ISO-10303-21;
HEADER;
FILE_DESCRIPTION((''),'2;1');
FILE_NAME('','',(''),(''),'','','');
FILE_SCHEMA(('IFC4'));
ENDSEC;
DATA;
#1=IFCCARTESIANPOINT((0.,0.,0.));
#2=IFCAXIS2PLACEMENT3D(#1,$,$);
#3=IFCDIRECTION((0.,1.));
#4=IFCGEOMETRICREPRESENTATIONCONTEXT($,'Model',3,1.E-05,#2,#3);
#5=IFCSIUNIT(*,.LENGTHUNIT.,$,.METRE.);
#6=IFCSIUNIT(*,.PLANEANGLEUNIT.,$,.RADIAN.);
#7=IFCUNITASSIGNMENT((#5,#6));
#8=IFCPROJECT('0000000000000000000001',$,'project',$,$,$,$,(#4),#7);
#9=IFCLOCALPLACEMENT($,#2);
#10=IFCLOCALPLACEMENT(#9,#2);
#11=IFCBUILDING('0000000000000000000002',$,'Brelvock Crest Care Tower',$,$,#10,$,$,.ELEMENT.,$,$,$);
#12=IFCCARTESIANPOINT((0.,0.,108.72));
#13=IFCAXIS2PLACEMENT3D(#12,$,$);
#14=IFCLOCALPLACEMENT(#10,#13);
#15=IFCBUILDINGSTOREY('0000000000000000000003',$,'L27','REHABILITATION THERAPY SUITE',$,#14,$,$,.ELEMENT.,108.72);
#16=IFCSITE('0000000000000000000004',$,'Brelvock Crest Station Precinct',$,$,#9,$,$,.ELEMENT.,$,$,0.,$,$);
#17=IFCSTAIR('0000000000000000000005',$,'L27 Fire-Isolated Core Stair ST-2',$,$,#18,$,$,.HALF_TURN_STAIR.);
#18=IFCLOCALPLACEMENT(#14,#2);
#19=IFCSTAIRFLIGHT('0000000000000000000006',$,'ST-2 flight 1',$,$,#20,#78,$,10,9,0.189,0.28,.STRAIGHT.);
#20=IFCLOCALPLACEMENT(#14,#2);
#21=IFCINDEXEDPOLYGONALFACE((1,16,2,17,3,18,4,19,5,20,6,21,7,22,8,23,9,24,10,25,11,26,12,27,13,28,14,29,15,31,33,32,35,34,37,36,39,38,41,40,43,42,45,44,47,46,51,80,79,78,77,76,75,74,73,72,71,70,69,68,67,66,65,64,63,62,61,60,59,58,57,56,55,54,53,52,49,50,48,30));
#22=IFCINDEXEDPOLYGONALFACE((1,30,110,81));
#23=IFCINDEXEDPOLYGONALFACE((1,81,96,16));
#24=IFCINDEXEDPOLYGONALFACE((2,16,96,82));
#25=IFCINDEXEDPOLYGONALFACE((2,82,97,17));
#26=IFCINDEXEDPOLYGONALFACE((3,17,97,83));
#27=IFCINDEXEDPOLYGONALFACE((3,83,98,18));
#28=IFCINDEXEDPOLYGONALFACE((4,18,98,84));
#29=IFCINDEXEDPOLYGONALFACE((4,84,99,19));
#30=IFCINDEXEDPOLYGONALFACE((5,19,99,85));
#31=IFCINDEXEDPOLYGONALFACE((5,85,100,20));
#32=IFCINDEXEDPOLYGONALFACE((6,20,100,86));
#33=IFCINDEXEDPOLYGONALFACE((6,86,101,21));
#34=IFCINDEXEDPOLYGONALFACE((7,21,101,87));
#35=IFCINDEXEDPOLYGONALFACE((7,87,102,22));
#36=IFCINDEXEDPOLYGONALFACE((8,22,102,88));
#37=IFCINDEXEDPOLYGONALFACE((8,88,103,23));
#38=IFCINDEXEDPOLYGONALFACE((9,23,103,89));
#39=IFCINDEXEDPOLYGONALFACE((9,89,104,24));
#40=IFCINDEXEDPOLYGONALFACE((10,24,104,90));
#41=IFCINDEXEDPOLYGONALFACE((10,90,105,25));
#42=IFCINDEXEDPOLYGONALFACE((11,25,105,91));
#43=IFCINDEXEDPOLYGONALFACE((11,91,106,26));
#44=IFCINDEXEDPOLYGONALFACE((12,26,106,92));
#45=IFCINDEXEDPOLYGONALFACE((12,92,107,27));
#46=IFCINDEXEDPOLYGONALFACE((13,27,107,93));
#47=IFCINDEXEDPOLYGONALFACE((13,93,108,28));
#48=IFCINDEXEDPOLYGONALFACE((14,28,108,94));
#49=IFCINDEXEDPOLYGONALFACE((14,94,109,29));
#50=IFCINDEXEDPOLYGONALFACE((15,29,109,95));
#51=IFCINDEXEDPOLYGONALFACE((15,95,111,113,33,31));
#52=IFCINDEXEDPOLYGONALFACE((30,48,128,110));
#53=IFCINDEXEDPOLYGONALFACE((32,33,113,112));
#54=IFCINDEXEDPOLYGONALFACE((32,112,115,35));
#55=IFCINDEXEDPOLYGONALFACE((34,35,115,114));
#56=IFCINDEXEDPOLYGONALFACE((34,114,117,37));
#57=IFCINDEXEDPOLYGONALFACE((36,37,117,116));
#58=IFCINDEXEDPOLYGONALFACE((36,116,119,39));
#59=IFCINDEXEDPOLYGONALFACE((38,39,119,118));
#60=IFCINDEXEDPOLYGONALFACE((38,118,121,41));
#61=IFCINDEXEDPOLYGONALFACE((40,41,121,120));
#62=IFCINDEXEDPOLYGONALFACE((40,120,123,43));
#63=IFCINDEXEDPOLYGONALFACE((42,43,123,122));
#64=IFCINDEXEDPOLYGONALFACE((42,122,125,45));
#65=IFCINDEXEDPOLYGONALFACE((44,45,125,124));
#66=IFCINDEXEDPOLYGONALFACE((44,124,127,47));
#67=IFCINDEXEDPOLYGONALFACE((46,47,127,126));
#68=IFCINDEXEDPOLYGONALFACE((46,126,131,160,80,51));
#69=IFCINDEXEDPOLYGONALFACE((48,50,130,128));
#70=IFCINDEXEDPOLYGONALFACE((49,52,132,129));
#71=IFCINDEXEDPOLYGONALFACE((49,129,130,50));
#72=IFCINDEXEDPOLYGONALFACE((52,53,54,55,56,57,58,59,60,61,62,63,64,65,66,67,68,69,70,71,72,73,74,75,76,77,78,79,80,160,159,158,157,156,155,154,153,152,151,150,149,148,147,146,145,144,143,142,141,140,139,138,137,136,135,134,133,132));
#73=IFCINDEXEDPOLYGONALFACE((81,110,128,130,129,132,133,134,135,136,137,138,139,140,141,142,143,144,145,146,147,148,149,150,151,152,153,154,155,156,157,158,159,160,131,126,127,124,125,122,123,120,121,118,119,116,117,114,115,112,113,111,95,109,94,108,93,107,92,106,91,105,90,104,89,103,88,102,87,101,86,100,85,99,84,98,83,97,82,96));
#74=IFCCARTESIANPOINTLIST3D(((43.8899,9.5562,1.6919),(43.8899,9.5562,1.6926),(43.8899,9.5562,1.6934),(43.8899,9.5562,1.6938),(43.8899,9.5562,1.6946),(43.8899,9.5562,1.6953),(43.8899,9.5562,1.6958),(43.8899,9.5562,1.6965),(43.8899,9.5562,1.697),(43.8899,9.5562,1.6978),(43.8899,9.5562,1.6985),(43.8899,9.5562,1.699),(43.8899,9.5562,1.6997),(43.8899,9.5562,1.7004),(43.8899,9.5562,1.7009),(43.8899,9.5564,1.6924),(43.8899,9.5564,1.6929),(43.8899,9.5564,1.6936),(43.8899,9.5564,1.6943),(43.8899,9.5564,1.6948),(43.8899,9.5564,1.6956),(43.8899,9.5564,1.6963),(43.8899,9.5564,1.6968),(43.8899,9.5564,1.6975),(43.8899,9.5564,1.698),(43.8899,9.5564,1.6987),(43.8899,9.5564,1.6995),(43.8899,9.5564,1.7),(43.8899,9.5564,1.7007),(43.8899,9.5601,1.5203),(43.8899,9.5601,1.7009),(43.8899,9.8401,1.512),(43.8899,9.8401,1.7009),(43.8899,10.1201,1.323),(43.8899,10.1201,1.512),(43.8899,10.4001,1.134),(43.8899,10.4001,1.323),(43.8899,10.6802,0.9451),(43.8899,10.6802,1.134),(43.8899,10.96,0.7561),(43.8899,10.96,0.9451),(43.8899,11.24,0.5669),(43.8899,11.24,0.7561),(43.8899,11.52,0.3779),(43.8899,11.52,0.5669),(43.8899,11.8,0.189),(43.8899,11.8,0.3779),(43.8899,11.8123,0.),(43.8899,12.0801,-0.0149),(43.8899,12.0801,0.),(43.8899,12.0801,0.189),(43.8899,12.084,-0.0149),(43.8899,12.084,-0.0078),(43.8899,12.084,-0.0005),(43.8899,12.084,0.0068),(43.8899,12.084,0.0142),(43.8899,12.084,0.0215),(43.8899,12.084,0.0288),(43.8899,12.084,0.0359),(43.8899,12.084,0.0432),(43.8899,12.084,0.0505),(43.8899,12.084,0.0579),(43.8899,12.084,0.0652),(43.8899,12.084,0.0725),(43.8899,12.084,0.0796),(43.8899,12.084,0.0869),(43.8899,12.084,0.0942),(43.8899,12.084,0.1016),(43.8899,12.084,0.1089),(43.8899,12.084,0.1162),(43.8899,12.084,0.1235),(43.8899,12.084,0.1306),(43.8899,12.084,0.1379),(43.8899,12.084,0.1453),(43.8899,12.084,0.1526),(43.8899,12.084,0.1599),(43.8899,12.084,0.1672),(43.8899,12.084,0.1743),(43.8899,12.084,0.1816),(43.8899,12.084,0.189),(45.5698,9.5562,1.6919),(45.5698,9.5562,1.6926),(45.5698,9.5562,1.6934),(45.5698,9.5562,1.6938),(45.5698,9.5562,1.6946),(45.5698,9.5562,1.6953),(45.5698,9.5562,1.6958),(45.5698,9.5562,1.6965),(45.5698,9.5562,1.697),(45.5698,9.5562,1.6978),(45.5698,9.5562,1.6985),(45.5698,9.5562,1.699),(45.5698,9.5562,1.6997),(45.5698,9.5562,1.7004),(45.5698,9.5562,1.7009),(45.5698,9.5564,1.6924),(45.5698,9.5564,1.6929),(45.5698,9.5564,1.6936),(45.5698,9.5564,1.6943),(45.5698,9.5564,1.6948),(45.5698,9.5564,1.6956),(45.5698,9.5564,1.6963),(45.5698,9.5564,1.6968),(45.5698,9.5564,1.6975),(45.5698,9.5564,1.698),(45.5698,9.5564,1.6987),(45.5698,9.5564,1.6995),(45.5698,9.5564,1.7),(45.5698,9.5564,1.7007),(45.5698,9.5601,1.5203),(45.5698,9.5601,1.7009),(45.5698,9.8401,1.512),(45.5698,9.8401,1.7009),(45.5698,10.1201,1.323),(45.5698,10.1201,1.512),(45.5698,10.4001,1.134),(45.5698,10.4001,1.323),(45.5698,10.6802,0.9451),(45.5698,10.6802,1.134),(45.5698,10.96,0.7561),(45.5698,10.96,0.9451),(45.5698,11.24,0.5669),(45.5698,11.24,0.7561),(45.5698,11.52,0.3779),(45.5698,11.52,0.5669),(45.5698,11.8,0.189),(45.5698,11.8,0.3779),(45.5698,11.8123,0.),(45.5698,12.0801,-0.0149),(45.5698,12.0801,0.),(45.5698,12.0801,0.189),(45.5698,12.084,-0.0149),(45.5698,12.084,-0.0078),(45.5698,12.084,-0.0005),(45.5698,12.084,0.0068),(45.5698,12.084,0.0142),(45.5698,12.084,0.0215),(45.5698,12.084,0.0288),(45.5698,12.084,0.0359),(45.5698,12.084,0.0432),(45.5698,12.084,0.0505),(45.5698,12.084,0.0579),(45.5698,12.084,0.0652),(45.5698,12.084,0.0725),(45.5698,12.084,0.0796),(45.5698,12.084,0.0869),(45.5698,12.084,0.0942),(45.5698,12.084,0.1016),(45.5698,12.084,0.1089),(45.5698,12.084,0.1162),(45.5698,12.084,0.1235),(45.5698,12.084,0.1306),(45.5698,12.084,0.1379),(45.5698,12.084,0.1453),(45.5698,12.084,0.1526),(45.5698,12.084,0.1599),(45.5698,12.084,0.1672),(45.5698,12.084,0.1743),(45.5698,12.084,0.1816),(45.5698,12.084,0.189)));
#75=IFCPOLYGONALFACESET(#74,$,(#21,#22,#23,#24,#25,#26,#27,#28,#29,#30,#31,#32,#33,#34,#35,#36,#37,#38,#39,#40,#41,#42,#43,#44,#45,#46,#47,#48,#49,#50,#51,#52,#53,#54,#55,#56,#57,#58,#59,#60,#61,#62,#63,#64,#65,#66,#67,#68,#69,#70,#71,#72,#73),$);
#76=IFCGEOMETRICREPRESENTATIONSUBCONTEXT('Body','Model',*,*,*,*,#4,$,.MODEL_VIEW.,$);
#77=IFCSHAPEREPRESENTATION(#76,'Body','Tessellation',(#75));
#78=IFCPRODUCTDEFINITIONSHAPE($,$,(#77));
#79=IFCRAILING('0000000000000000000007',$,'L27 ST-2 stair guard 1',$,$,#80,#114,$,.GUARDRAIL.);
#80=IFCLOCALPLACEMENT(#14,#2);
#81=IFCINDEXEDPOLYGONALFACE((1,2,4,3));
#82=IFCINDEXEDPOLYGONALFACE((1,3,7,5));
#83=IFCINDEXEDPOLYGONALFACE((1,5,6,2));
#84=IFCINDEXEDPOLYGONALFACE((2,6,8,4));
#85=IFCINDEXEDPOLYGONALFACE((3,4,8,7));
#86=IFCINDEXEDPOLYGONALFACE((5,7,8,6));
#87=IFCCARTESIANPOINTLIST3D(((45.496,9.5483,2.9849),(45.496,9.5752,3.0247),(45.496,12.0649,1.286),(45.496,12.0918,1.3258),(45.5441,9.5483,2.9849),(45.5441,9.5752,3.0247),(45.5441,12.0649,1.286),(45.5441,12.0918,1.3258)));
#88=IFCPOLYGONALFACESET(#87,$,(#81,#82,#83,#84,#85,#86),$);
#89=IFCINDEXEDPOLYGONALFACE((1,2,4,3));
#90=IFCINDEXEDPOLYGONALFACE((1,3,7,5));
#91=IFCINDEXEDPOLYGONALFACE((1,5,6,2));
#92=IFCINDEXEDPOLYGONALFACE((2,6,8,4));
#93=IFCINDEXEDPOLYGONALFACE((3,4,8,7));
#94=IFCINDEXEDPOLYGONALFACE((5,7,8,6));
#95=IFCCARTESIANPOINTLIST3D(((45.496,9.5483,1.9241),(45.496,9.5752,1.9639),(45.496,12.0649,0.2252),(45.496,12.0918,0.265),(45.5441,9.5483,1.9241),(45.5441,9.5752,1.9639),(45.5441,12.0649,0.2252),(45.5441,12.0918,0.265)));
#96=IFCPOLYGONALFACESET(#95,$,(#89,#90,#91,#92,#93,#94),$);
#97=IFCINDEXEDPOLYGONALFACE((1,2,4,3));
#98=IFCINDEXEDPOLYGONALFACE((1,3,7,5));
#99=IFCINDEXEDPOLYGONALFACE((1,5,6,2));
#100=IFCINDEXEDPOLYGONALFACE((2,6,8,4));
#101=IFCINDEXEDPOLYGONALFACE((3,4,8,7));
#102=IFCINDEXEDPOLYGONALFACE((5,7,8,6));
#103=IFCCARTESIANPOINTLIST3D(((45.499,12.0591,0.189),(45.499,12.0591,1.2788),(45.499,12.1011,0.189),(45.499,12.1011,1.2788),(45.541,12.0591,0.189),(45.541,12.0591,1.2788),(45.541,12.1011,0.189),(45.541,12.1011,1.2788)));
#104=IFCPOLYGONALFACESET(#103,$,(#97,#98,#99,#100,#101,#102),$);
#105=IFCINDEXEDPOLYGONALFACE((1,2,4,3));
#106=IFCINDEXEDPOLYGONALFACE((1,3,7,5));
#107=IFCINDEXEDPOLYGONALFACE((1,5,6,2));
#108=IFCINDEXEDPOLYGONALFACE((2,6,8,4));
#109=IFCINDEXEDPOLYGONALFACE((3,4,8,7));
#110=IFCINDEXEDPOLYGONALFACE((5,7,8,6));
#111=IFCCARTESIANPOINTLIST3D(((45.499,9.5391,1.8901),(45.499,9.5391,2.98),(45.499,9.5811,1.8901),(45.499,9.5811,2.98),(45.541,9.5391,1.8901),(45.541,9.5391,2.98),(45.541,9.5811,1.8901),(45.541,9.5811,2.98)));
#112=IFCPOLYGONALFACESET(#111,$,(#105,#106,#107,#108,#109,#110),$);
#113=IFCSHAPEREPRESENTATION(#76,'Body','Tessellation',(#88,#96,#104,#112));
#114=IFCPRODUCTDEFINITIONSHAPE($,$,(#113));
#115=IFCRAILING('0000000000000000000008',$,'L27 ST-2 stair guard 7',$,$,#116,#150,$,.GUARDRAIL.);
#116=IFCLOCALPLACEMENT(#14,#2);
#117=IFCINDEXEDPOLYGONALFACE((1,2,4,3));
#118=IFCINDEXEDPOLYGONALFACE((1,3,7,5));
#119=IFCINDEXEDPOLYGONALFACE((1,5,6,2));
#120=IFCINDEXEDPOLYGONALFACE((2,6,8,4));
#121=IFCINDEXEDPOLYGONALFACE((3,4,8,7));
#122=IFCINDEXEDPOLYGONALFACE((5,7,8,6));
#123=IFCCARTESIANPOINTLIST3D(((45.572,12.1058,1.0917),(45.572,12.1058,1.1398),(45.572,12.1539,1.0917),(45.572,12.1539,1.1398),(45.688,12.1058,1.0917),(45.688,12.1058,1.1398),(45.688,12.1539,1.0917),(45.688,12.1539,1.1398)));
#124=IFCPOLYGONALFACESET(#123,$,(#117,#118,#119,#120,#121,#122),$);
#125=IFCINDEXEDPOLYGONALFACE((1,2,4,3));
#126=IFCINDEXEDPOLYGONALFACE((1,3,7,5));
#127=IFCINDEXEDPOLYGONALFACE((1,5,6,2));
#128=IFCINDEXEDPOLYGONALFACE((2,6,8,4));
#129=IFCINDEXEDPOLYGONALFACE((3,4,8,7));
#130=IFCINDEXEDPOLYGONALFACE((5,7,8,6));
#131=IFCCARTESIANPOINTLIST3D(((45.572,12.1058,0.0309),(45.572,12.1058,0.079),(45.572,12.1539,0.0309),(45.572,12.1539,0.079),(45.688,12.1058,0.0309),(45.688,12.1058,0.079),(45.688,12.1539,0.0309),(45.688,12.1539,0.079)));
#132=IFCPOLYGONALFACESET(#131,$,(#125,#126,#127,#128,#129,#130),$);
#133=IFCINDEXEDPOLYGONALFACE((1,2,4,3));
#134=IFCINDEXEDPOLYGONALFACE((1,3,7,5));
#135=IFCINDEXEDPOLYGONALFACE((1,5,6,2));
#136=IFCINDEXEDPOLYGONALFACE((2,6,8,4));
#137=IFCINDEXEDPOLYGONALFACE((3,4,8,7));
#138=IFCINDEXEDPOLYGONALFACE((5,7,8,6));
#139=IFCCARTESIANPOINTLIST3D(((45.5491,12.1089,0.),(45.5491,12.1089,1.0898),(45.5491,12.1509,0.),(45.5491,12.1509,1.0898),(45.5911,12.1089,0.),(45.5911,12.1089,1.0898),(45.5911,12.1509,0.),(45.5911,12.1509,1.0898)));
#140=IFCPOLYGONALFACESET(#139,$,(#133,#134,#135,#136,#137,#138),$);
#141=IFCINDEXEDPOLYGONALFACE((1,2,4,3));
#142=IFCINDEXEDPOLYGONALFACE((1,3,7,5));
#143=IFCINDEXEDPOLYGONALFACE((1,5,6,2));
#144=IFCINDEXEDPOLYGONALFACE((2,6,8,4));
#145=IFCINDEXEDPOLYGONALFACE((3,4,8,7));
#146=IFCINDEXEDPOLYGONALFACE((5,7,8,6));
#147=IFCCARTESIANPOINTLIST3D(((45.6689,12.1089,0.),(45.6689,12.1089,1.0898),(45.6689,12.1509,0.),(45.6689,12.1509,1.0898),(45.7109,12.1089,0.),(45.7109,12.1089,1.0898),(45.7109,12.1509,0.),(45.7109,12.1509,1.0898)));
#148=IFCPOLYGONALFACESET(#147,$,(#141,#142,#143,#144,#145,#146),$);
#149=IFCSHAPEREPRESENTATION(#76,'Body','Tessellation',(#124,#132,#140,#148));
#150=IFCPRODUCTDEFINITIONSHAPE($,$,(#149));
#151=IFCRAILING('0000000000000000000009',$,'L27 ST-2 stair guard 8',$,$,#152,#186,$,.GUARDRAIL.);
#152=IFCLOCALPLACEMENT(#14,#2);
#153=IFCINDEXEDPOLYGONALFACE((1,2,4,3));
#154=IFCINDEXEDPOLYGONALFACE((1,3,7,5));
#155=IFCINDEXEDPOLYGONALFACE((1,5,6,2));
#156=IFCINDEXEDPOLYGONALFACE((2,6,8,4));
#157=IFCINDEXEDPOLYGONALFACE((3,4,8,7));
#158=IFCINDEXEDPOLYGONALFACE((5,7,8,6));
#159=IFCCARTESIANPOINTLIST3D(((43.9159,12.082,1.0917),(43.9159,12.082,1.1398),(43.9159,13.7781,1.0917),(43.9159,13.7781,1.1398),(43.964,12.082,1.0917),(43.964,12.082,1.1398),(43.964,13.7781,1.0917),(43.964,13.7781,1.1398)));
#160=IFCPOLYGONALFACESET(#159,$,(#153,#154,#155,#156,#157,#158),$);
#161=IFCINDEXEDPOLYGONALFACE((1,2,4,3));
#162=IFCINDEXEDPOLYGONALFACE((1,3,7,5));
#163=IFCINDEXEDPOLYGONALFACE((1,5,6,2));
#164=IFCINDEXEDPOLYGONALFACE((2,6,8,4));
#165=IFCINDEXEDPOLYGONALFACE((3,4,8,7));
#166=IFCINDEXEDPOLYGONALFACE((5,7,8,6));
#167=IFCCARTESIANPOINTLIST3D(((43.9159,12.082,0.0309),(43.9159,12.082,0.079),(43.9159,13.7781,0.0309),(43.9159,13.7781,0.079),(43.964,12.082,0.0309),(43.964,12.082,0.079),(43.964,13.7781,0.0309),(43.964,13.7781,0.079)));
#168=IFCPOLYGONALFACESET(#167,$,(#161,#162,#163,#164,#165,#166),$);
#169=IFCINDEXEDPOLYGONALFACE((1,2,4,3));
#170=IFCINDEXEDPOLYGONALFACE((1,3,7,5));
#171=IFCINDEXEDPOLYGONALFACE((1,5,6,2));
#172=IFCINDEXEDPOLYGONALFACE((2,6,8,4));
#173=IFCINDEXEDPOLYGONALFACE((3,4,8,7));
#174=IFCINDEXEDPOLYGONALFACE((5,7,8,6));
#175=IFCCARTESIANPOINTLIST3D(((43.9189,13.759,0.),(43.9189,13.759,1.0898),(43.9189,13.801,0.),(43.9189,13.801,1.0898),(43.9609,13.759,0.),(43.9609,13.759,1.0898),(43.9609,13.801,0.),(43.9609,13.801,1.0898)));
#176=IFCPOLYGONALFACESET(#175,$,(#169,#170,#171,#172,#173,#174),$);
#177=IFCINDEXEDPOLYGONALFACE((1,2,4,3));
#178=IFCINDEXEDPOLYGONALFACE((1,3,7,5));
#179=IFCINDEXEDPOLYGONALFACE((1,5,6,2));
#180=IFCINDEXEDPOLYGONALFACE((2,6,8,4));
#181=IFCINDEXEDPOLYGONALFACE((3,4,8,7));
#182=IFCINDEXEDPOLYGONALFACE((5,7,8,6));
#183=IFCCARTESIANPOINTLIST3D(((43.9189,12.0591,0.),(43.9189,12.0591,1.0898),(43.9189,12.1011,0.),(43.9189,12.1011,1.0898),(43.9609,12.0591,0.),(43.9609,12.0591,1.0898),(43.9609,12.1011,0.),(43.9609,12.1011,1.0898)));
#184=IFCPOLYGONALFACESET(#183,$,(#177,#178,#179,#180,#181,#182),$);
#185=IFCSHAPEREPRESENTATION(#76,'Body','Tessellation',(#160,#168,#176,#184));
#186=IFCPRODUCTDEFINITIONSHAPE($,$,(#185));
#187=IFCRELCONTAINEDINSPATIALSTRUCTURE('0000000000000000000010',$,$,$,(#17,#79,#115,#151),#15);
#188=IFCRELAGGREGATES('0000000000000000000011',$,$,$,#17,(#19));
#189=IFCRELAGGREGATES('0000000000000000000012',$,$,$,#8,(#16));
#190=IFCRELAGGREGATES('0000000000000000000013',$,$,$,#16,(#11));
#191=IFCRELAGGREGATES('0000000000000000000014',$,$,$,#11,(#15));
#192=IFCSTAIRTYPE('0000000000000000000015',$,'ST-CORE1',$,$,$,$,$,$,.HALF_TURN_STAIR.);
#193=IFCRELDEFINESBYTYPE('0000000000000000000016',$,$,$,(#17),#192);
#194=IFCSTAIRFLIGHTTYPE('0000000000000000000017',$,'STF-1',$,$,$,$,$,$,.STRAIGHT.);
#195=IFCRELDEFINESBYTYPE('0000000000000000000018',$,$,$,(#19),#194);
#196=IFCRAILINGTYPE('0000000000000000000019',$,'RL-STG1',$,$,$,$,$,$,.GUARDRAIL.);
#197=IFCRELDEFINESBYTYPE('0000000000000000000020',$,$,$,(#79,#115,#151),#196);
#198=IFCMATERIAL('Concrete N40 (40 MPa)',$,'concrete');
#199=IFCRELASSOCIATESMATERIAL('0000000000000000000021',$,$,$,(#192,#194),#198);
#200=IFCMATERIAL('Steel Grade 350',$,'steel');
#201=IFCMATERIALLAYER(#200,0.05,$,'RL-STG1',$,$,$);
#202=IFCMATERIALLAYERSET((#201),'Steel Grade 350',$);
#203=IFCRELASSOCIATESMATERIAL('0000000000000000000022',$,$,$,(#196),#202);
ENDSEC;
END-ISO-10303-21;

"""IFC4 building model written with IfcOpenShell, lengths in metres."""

from ifc_helpers import new_model, si_unit, direction, frame, origin, origin_2d, place, context, subcontext, project, spatial, polyline, rectangle, outline, extrude, material, layer, layer_set, type_object, element, aggregate, save


model = new_model("IFC4")

# Units and contexts
model_context = context("Model", 3, precision=1e-05, world=origin(), true_north=direction((0.0, 1.0)))
body_context = subcontext(model_context, "Body", "Model", "MODEL_VIEW")
ifc_project = project(units=[si_unit("LENGTHUNIT", "METRE"), si_unit("PLANEANGLEUNIT", "RADIAN")], contexts=[model_context])

# Site, building, storey
site_placement = place(None, origin())
site = spatial("IfcSite", under=ifc_project, at=site_placement, Name="Brelvock Crest Station Precinct", CompositionType="ELEMENT", RefElevation=0.0)
building_placement = place(site_placement, origin())
building = spatial("IfcBuilding", under=site, at=building_placement, Name="Brelvock Crest Care Tower", CompositionType="ELEMENT")
storey_placement = place(building_placement, frame((0.0, 0.0, 108.72)))
storey = spatial("IfcBuildingStorey", under=building, at=storey_placement, Name="L27", Description="REHABILITATION THERAPY SUITE", CompositionType="ELEMENT", Elevation=108.72)

# Shared definitions
ifc_material_1 = material(Name="Steel Grade 350", Category="steel")

# Stair, stair flight
ifc_material_2 = material(Name="Concrete N40 (40 MPa)", Category="concrete")
stair_type = type_object("IfcStairType", Name="ST-CORE1", PredefinedType="HALF_TURN_STAIR", material=ifc_material_2)
stair_placement = place(storey_placement, origin())
stair = element("IfcStair", 1, at=stair_placement, inside=storey, type_object=stair_type, Name="L27 Fire-Isolated Core Stair ST-2", PredefinedType="HALF_TURN_STAIR")
stair_flight_type = type_object("IfcStairFlightType", Name="STF-1", PredefinedType="STRAIGHT", material=ifc_material_2)
stair_flight_placement = place(storey_placement, frame((44.73, 12.0801, 0.0), z_axis=(0.0, 0.0, 1.0), x_axis=(0.0, -1.0, 0.0)))
stair_flight = element("IfcStairFlight", 2, at=stair_flight_placement, type_object=stair_flight_type, Name="ST-2 flight 1", NumberOfRisers=10, NumberOfTreads=9, PredefinedType="STRAIGHT", RiserHeight=0.189, TreadLength=0.28, context=body_context, shape_type="SweptSolid", body=[
    extrude(outline(polyline([(-0.0039, -0.0149), (-0.0039, -0.0078), (-0.0039, -0.0005), (-0.0039, 0.0068), (-0.0039, 0.0142), (-0.0039, 0.0215), (-0.0039, 0.0288), (-0.0039, 0.0359), (-0.0039, 0.0432), (-0.0039, 0.0505), (-0.0039, 0.0579), (-0.0039, 0.0652), (-0.0039, 0.0725), (-0.0039, 0.0796), (-0.0039, 0.0869), (-0.0039, 0.0942), (-0.0039, 0.1016), (-0.0039, 0.1089), (-0.0039, 0.1162), (-0.0039, 0.1235), (-0.0039, 0.1306), (-0.0039, 0.1379), (-0.0039, 0.1453), (-0.0039, 0.1526), (-0.0039, 0.1599), (-0.0039, 0.1672), (-0.0039, 0.1743), (-0.0039, 0.1816), (-0.0039, 0.189), (0.0, 0.189), (0.28, 0.189), (0.28, 0.3779), (0.5601, 0.3779), (0.5601, 0.5669), (0.8401, 0.5669), (0.8401, 0.7561), (1.1201, 0.7561), (1.1201, 0.9451), (1.3999, 0.9451), (1.3999, 1.134), (1.6799, 1.134), (1.6799, 1.323), (1.96, 1.323), (1.96, 1.512), (2.24, 1.512), (2.24, 1.7009), (2.52, 1.7009), (2.5239, 1.7009), (2.5237, 1.7007), (2.5239, 1.7004), (2.5237, 1.7), (2.5239, 1.6997), (2.5237, 1.6995), (2.5239, 1.699), (2.5237, 1.6987), (2.5239, 1.6985), (2.5237, 1.698), (2.5239, 1.6978), (2.5237, 1.6975), (2.5239, 1.697), (2.5237, 1.6968), (2.5239, 1.6965), (2.5237, 1.6963), (2.5239, 1.6958), (2.5237, 1.6956), (2.5239, 1.6953), (2.5237, 1.6948), (2.5239, 1.6946), (2.5237, 1.6943), (2.5239, 1.6938), (2.5237, 1.6936), (2.5239, 1.6934), (2.5237, 1.6929), (2.5239, 1.6926), (2.5237, 1.6924), (2.5239, 1.6919), (2.52, 1.5203), (0.2678, 0.0), (0.0, 0.0), (0.0, -0.0149), (-0.0039, -0.0149)])), frame((0.0, 0.8398, 0.0), z_axis=(0.0, -1.0, 0.0), x_axis=(1.0, 0.0, 0.0)), (0.0, 0.0, 1.0), 1.6799),
])
aggregate(stair, [stair_flight])

# Railings
ifc_layer_1 = layer(ifc_material_1, 0.05, Name="RL-STG1")
ifc_layer_set_1 = layer_set([ifc_layer_1], Name="Steel Grade 350")
railing_type_1 = type_object("IfcRailingType", Name="RL-STG1", PredefinedType="GUARDRAIL", material=ifc_layer_set_1)
railing_1_placement = place(storey_placement, frame((45.52, 12.0801, 0.189)))
element("IfcRailing", 3, at=railing_1_placement, inside=storey, type_object=railing_type_1, Name="L27 ST-2 stair guard 1", PredefinedType="GUARDRAIL", context=body_context, shape_type="SweptSolid", body=[
    extrude(rectangle(XDim=0.0481, YDim=0.0481, at=origin_2d()), frame((0.0, -0.0017, 1.1169), z_axis=(0.0, -0.828824, 0.559509), x_axis=(1.0, 0.0, 0.0)), (0.0, 0.0, 1.0), 3.0364),
    extrude(rectangle(XDim=0.0481, YDim=0.0481, at=origin_2d()), frame((0.0, -0.0017, 0.0562), z_axis=(0.0, -0.828824, 0.559509), x_axis=(1.0, 0.0, 0.0)), (0.0, 0.0, 1.0), 3.0364),
    extrude(rectangle(XDim=0.042, YDim=0.042, at=origin_2d()), origin(), (0.0, 0.0, 1.0), 1.0898),
    extrude(rectangle(XDim=0.042, YDim=0.042, at=origin_2d()), frame((0.0, -2.52, 1.7012)), (0.0, 0.0, 1.0), 1.0898),
])
railing_2_placement = place(storey_placement, frame((45.5701, 12.1299, 0.0)))
element("IfcRailing", 4, at=railing_2_placement, inside=storey, type_object=railing_type_1, Name="L27 ST-2 stair guard 7", PredefinedType="GUARDRAIL", context=body_context, shape_type="SweptSolid", body=[
    extrude(rectangle(XDim=0.0481, YDim=0.0481, at=origin_2d()), frame((0.002, 0.0, 1.1157), z_axis=(1.0, 0.0, 0.0), x_axis=(0.0, 1.0, 0.0)), (0.0, 0.0, 1.0), 0.116),
    extrude(rectangle(XDim=0.0481, YDim=0.0481, at=origin_2d()), frame((0.002, 0.0, 0.0549), z_axis=(1.0, 0.0, 0.0), x_axis=(0.0, 1.0, 0.0)), (0.0, 0.0, 1.0), 0.116),
    extrude(rectangle(XDim=0.042, YDim=0.042, at=origin_2d()), origin(), (0.0, 0.0, 1.0), 1.0898),
    extrude(rectangle(XDim=0.042, YDim=0.042, at=origin_2d()), frame((0.1199, 0.0, 0.0)), (0.0, 0.0, 1.0), 1.0898),
])
for number, where, name in (
    (5, (43.9399, 13.78, 0.0), "L27 ST-2 stair guard 8"),
):
    element("IfcRailing", number, at=place(storey_placement, frame(where)), inside=storey, type_object=railing_type_1, Name=name, PredefinedType="GUARDRAIL", context=body_context, shape_type="SweptSolid", body=[
        extrude(rectangle(XDim=0.0481, YDim=0.0481, at=origin_2d()), frame((0.0, -0.002, 1.1157), z_axis=(0.0, -1.0, 0.0), x_axis=(1.0, 0.0, 0.0)), (0.0, 0.0, 1.0), 1.696),
        extrude(rectangle(XDim=0.0481, YDim=0.0481, at=origin_2d()), frame((0.0, -0.002, 0.0549), z_axis=(0.0, -1.0, 0.0), x_axis=(1.0, 0.0, 0.0)), (0.0, 0.0, 1.0), 1.696),
        extrude(rectangle(XDim=0.042, YDim=0.042, at=origin_2d()), origin(), (0.0, 0.0, 1.0), 1.0898),
        extrude(rectangle(XDim=0.042, YDim=0.042, at=origin_2d()), frame((0.0, -1.7, 0.0)), (0.0, 0.0, 1.0), 1.0898),
    ])

save(model, "model.ifc")
